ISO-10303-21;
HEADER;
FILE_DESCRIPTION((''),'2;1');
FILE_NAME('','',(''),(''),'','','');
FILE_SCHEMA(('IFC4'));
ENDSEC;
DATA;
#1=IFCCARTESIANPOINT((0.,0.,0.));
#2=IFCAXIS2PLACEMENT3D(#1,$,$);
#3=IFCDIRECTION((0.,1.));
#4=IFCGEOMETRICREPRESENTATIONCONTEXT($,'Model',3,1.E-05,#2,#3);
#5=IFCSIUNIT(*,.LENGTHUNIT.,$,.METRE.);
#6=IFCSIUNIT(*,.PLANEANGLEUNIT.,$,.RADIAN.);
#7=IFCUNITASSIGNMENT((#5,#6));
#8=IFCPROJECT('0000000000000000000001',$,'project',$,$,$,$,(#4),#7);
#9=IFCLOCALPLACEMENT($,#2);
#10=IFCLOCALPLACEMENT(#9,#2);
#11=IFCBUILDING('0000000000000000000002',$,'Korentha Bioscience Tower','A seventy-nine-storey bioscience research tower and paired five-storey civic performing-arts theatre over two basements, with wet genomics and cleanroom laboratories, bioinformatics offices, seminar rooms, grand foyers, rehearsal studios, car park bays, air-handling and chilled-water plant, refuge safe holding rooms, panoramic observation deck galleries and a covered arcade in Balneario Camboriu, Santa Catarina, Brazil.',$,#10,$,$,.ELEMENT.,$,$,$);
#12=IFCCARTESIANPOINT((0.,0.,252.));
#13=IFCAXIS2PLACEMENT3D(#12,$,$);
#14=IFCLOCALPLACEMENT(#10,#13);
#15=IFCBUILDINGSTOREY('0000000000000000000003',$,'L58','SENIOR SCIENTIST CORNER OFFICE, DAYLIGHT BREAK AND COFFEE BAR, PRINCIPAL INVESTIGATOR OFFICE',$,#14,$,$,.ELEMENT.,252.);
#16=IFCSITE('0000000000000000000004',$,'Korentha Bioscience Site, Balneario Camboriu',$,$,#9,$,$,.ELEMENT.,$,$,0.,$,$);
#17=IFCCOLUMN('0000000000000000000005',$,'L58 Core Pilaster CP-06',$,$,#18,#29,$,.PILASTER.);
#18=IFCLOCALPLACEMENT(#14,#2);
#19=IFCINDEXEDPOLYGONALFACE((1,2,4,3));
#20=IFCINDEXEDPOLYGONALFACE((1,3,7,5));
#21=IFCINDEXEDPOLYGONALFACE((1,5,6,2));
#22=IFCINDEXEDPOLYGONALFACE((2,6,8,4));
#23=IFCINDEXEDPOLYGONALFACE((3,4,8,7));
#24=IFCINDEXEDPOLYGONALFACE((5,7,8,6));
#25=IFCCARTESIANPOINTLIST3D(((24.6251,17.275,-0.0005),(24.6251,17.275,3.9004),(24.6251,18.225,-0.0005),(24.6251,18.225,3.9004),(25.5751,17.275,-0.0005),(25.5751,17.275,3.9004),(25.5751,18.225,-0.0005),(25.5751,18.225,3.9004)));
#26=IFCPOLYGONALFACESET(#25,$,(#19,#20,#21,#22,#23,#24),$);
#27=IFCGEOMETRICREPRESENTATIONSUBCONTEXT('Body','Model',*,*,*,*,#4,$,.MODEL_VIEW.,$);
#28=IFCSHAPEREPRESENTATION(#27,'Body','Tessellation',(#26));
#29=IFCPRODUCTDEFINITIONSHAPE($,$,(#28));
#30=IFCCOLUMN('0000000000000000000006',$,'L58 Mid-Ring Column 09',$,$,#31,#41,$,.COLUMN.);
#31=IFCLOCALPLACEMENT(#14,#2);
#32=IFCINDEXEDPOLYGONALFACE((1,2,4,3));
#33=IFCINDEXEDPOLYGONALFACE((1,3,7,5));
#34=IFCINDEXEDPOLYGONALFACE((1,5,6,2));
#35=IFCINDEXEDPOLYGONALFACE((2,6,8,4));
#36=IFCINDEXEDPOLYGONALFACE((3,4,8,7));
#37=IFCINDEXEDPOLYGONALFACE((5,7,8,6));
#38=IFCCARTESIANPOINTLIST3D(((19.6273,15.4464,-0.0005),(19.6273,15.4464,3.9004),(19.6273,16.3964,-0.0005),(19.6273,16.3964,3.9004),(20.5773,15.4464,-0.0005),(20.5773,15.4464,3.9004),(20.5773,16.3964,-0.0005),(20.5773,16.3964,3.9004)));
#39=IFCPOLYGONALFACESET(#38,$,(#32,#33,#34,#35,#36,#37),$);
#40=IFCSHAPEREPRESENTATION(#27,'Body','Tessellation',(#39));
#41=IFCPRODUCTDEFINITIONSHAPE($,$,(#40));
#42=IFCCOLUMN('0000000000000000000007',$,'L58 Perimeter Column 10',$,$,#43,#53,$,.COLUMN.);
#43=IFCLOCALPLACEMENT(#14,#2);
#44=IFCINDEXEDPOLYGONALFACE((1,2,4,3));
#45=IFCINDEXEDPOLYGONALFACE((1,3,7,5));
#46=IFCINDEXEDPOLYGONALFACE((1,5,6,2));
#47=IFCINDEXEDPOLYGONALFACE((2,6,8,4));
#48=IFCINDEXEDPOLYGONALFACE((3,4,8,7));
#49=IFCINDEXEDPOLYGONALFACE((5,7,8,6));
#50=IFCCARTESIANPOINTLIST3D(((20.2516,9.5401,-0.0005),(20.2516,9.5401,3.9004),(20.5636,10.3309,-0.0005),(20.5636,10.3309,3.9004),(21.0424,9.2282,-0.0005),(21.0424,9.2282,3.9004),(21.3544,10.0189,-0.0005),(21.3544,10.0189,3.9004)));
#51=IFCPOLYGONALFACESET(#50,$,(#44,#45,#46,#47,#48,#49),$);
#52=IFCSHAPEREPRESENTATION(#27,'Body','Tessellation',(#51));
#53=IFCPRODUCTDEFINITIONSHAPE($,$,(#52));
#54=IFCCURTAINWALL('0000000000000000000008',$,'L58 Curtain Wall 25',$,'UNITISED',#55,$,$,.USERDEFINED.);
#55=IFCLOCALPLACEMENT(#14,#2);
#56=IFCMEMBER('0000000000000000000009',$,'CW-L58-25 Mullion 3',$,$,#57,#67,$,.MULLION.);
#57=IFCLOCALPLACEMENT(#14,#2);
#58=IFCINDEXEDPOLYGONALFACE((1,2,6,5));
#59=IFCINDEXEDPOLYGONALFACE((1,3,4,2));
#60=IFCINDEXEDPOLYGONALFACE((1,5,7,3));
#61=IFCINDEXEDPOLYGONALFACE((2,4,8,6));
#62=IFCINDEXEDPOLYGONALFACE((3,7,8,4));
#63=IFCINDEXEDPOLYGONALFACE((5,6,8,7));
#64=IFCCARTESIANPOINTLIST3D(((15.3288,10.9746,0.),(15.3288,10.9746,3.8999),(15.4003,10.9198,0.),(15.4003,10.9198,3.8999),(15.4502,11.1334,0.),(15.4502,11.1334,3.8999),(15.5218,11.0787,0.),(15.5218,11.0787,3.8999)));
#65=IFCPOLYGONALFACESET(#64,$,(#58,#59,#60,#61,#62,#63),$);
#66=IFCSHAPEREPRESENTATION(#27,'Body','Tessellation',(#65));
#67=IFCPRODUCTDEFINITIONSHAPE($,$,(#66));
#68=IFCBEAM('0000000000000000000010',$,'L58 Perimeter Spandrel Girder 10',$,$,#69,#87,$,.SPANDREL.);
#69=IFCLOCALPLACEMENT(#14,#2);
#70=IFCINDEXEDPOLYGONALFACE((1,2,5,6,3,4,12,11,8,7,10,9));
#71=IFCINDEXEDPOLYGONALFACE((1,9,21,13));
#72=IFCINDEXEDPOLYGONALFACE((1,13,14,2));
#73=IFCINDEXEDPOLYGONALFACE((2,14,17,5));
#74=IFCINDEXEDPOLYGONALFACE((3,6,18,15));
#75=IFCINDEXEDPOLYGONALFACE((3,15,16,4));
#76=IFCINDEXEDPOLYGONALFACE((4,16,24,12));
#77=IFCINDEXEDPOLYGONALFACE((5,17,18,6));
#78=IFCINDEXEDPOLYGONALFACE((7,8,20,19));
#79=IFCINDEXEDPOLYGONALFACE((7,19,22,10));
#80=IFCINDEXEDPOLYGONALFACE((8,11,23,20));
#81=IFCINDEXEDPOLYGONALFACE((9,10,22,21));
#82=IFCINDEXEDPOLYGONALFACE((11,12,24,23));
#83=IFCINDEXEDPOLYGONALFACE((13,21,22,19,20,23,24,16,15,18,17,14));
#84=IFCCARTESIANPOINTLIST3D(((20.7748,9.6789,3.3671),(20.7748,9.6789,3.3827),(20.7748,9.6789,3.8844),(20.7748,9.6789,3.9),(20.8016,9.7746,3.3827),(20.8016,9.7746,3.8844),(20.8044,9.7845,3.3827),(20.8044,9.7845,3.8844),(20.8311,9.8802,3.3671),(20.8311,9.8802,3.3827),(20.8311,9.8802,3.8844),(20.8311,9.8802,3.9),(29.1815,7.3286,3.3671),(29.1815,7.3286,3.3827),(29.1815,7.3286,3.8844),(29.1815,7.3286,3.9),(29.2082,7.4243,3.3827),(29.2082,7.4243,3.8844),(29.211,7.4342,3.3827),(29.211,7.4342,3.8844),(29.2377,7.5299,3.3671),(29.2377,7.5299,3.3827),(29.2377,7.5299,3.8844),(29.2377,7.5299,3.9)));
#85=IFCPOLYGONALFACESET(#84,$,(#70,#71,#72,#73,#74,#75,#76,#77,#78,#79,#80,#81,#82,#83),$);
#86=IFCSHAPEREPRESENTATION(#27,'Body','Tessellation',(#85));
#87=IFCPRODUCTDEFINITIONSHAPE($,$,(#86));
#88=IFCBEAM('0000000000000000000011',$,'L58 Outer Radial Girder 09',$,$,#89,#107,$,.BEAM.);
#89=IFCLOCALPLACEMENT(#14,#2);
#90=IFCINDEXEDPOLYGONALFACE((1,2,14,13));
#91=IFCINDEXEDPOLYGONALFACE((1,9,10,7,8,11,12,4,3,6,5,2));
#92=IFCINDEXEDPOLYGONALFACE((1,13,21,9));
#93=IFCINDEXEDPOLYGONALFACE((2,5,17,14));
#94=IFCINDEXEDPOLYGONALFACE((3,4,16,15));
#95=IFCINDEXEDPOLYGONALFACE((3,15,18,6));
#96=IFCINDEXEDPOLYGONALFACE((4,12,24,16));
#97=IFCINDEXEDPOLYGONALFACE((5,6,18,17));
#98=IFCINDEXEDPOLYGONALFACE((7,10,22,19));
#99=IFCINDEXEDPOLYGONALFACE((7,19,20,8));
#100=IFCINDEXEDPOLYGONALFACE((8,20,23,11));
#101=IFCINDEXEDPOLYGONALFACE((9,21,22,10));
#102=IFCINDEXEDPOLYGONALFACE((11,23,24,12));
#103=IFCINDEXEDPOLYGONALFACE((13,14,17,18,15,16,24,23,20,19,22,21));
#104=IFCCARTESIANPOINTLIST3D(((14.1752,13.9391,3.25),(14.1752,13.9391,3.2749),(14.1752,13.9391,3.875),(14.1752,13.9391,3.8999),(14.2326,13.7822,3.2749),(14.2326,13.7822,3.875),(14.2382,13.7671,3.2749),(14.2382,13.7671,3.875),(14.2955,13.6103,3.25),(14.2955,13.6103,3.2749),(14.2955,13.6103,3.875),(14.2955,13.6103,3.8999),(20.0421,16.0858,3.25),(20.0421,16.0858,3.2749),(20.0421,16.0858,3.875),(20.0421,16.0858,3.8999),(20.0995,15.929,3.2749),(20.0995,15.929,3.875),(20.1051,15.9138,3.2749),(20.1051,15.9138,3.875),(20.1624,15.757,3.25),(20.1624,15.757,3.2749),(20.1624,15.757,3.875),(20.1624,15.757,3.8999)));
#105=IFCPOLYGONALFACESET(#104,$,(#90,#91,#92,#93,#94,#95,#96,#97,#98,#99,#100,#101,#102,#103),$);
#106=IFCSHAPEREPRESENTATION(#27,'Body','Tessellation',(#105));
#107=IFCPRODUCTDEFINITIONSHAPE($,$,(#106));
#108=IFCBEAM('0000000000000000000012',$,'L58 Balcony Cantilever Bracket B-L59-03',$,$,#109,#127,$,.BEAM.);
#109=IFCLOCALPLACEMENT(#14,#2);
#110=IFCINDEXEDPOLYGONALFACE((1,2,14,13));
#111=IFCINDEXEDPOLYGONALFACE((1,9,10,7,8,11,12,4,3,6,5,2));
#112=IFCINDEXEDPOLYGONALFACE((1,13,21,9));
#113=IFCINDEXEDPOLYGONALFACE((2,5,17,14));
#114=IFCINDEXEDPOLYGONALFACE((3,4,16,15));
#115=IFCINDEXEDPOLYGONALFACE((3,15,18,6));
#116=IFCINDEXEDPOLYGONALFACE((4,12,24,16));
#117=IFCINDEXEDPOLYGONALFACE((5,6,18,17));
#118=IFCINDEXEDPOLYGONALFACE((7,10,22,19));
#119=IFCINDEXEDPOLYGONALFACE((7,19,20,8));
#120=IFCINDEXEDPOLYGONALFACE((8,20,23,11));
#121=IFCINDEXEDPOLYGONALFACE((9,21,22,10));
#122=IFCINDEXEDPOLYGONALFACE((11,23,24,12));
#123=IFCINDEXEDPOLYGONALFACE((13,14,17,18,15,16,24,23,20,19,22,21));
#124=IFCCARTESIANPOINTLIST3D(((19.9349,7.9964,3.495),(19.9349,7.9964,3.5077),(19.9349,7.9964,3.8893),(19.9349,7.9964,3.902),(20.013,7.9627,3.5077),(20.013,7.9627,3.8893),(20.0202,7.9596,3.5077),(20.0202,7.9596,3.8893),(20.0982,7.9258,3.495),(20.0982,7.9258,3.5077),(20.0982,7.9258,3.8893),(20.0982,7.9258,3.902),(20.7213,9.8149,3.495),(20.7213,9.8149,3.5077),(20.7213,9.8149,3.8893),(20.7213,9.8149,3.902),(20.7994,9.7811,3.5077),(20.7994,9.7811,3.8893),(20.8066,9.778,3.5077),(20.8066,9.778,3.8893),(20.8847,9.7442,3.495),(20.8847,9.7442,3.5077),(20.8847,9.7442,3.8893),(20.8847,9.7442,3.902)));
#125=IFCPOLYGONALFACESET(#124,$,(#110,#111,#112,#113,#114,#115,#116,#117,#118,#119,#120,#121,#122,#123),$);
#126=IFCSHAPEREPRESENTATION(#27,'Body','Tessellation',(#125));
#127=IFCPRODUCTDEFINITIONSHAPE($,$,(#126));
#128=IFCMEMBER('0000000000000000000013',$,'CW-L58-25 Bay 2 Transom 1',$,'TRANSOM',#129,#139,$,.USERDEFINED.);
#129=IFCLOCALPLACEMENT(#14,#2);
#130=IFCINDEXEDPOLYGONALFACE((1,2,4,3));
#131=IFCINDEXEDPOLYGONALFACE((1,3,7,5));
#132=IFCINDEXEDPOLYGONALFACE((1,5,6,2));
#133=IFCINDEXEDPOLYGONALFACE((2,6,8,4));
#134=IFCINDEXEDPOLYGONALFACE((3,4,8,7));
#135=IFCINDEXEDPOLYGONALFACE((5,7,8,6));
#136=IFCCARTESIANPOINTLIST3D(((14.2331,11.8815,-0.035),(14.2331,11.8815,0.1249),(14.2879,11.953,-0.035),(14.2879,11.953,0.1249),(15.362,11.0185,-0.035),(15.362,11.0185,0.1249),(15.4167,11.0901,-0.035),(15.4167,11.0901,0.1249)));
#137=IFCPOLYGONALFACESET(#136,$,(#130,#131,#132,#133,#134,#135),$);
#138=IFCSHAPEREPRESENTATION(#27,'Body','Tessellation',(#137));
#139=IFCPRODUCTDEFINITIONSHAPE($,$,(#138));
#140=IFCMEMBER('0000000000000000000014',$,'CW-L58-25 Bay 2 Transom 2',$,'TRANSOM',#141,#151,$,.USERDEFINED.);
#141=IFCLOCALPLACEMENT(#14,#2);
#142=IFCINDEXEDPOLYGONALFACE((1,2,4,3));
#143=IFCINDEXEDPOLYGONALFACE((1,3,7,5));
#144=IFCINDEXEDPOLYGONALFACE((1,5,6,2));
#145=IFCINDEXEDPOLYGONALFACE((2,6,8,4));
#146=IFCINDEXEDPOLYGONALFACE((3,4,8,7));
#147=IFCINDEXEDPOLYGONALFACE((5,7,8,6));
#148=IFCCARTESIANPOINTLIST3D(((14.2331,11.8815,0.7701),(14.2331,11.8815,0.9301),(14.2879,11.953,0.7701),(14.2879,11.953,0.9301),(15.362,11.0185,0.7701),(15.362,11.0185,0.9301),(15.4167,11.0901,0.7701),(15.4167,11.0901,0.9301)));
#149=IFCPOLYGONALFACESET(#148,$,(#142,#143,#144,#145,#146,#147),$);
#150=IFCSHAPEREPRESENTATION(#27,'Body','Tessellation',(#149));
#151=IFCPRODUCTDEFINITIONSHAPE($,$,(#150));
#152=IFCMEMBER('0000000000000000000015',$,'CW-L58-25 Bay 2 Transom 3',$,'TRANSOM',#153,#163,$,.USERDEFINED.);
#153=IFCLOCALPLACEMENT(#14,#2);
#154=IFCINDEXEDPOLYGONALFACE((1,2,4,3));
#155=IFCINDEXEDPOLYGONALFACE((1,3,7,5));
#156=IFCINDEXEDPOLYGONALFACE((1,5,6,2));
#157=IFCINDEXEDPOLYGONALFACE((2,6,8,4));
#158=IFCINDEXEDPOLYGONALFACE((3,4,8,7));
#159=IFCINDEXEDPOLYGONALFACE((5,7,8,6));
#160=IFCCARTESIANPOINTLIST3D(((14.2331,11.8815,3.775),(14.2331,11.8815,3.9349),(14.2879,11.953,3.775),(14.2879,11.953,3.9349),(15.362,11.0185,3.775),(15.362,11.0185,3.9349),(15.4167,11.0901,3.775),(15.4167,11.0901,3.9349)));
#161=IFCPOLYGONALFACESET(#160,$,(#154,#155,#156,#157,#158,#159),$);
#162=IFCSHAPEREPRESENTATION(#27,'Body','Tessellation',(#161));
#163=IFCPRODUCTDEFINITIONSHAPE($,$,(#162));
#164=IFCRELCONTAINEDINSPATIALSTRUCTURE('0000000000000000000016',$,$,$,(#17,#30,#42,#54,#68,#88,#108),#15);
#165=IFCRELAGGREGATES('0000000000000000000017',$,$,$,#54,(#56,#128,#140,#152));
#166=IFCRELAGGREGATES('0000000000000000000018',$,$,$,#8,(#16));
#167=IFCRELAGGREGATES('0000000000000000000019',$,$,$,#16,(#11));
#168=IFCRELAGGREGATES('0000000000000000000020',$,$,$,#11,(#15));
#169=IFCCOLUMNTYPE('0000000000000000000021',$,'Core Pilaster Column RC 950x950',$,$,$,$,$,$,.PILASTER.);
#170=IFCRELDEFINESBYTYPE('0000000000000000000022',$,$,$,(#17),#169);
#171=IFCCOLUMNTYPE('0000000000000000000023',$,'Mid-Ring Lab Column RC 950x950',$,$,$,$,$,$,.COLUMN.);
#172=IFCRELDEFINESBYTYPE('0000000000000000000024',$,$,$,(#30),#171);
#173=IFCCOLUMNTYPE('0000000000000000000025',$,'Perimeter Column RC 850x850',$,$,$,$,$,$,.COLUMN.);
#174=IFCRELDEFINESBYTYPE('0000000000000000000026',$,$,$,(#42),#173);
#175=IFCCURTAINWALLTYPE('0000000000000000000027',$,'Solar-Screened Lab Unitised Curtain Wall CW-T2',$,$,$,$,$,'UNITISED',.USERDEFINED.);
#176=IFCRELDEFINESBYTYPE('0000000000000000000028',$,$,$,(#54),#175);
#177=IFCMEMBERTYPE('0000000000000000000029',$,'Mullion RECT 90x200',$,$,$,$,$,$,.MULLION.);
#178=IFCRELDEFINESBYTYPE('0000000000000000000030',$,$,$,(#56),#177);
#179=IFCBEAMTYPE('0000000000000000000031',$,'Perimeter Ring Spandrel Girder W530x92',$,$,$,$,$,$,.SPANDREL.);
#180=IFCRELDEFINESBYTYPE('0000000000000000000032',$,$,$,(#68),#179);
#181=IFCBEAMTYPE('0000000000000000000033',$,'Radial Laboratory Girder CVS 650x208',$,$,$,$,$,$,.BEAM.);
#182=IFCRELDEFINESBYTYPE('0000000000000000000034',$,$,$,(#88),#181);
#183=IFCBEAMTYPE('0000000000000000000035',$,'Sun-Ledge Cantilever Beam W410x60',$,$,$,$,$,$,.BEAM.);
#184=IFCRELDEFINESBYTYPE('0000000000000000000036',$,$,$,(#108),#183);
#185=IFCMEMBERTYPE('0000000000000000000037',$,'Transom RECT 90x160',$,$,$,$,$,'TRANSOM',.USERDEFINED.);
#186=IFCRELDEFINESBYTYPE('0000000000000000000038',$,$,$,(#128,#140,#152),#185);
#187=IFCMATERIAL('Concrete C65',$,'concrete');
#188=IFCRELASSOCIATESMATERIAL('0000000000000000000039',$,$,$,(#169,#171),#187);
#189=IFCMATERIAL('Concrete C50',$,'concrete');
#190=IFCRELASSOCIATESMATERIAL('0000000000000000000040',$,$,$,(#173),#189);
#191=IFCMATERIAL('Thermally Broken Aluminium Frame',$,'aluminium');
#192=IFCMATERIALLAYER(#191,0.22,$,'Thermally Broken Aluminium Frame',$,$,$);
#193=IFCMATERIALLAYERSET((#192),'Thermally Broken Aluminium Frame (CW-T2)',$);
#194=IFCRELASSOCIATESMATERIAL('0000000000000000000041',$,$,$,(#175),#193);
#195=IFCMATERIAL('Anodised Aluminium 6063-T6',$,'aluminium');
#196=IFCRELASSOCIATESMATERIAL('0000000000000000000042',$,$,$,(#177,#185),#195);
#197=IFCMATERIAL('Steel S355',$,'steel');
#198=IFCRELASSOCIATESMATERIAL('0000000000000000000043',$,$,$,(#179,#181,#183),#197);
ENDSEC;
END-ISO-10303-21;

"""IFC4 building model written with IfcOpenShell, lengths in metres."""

from ifc_helpers import new_model, si_unit, direction, frame, origin, origin_2d, place, context, subcontext, project, spatial, rectangle, i_section, extrude, material, layer, layer_set, material_profile, profile_set, type_object, element, aggregate, save


model = new_model("IFC4")

# Units and contexts
model_context = context("Model", 3, precision=1e-05, world=origin(), true_north=direction((0.0, 1.0)))
body_context = subcontext(model_context, "Body", "Model", "MODEL_VIEW")
ifc_project = project(units=[si_unit("LENGTHUNIT", "METRE"), si_unit("PLANEANGLEUNIT", "RADIAN")], contexts=[model_context])

# Site, building, storey
site_placement = place(None, origin())
site = spatial("IfcSite", under=ifc_project, at=site_placement, Name="Korentha Bioscience Site, Balneario Camboriu", CompositionType="ELEMENT", RefElevation=0.0)
building_placement = place(site_placement, origin())
building = spatial("IfcBuilding", under=site, at=building_placement, Name="Korentha Bioscience Tower", Description="A seventy-nine-storey bioscience research tower and paired five-storey civic performing-arts theatre over two basements, with wet genomics and cleanroom laboratories, bioinformatics offices, seminar rooms, grand foyers, rehearsal studios, car park bays, air-handling and chilled-water plant, refuge safe holding rooms, panoramic observation deck galleries and a covered arcade in Balneario Camboriu, Santa Catarina, Brazil.", CompositionType="ELEMENT")
storey_placement = place(building_placement, frame((0.0, 0.0, 252.0)))
storey = spatial("IfcBuildingStorey", under=building, at=storey_placement, Name="L58", Description="SENIOR SCIENTIST CORNER OFFICE, DAYLIGHT BREAK AND COFFEE BAR, PRINCIPAL INVESTIGATOR OFFICE", CompositionType="ELEMENT", Elevation=252.0)

# Columns
ifc_material_1 = material(Name="Concrete C65", Category="concrete")
ifc_material_profile_1 = material_profile(ifc_material_1, rectangle(XDim=0.95, YDim=0.95, at=origin_2d()), Name="Concrete C65")
ifc_profile_set_1 = profile_set([ifc_material_profile_1], Name="Concrete C65 (COL-CP09)")
column_type_1 = type_object("IfcColumnType", Name="Core Pilaster Column RC 950x950", PredefinedType="PILASTER", material=ifc_profile_set_1)
column_1_placement = place(storey_placement, frame((25.1001, 17.75, -0.0005), z_axis=(0.0, 0.0, 1.0), x_axis=(1.0, 0.0, 0.0)))
element("IfcColumn", 1, at=column_1_placement, inside=storey, type_object=column_type_1, Name="L58 Core Pilaster CP-06", PredefinedType="PILASTER", context=body_context, shape_type="SweptSolid", body=[
    extrude(rectangle(XDim=0.95, YDim=0.95, at=origin_2d()), origin(), (0.0, 0.0, 1.0), 3.9009),
])
ifc_material_profile_2 = material_profile(ifc_material_1, rectangle(XDim=0.95, YDim=0.95, at=origin_2d()), Name="Concrete C65")
ifc_profile_set_2 = profile_set([ifc_material_profile_2], Name="Concrete C65 (COL-MR09)")
column_type_2 = type_object("IfcColumnType", Name="Mid-Ring Lab Column RC 950x950", PredefinedType="COLUMN", material=ifc_profile_set_2)
column_2_placement = place(storey_placement, frame((20.1023, 15.9214, -0.0005), z_axis=(0.0, 0.0, 1.0), x_axis=(1.0, 0.0, 0.0)))
element("IfcColumn", 2, at=column_2_placement, inside=storey, type_object=column_type_2, Name="L58 Mid-Ring Column 09", PredefinedType="COLUMN", context=body_context, shape_type="SweptSolid", body=[
    extrude(rectangle(XDim=0.95, YDim=0.95, at=origin_2d()), origin(), (0.0, 0.0, 1.0), 3.9009),
])
ifc_material_2 = material(Name="Concrete C50", Category="concrete")
ifc_material_profile_3 = material_profile(ifc_material_2, rectangle(XDim=0.8501, YDim=0.8501, at=origin_2d()), Name="Concrete C50")
ifc_profile_set_3 = profile_set([ifc_material_profile_3], Name="Concrete C50 (COL-P08)")
column_type_3 = type_object("IfcColumnType", Name="Perimeter Column RC 850x850", PredefinedType="COLUMN", material=ifc_profile_set_3)
column_3_placement = place(storey_placement, frame((20.803, 9.7795, -0.0005), z_axis=(0.0, 0.0, 1.0), x_axis=(-0.930226, 0.366988, 0.0)))
element("IfcColumn", 3, at=column_3_placement, inside=storey, type_object=column_type_3, Name="L58 Perimeter Column 10", PredefinedType="COLUMN", context=body_context, shape_type="SweptSolid", body=[
    extrude(rectangle(XDim=0.8501, YDim=0.8501, at=origin_2d()), origin(), (0.0, 0.0, 1.0), 3.9009),
])

# Curtain wall, member
ifc_material_3 = material(Name="Thermally Broken Aluminium Frame", Category="aluminium")
ifc_layer_1 = layer(ifc_material_3, 0.22, Name="Thermally Broken Aluminium Frame")
ifc_layer_set_1 = layer_set([ifc_layer_1], Name="Thermally Broken Aluminium Frame (CW-T2)")
curtain_wall_type = type_object("IfcCurtainWallType", Name="Solar-Screened Lab Unitised Curtain Wall CW-T2", ElementType="UNITISED", PredefinedType="USERDEFINED", material=ifc_layer_set_1)
curtain_wall_placement = place(storey_placement, origin())
curtain_wall = element("IfcCurtainWall", 4, at=curtain_wall_placement, inside=storey, type_object=curtain_wall_type, Name="L58 Curtain Wall 25", ObjectType="UNITISED", PredefinedType="USERDEFINED")
ifc_material_4 = material(Name="Anodised Aluminium 6063-T6", Category="aluminium")
ifc_material_profile_4 = material_profile(ifc_material_4, rectangle(XDim=0.0901, YDim=0.2, at=origin_2d()), Name="Anodised Aluminium 6063-T6")
ifc_profile_set_4 = profile_set([ifc_material_profile_4], Name="Anodised Aluminium 6063-T6 (CW-MUL)")
member_type_1 = type_object("IfcMemberType", Name="Mullion RECT 90x200", PredefinedType="MULLION", material=ifc_profile_set_4)
member_1_placement = place(storey_placement, frame((15.4253, 11.0266, 0.0), z_axis=(0.0, 0.0, 1.0), x_axis=(0.794382, -0.607418, 0.0)))
member_1 = element("IfcMember", 5, at=member_1_placement, type_object=member_type_1, Name="CW-L58-25 Mullion 3", PredefinedType="MULLION", context=body_context, shape_type="SweptSolid", body=[
    extrude(rectangle(XDim=0.0901, YDim=0.2, at=origin_2d()), origin(), (0.0, 0.0, 1.0), 3.8999),
])

# Beams
ifc_material_5 = material(Name="Steel S355", Category="steel")
ifc_material_profile_5 = material_profile(ifc_material_5, i_section(OverallWidth=0.209, OverallDepth=0.533, WebThickness=0.0103, FlangeThickness=0.0156, at=origin_2d()), Name="Steel S355")
ifc_profile_set_5 = profile_set([ifc_material_profile_5], Name="Steel S355 (SB-530)")
beam_type_1 = type_object("IfcBeamType", Name="Perimeter Ring Spandrel Girder W530x92", PredefinedType="SPANDREL", material=ifc_profile_set_5)
beam_1_placement = place(storey_placement, frame((20.803, 9.7795, 3.6335), z_axis=(0.963069, -0.269253, 0.0), x_axis=(0.269253, 0.963069, 0.0)))
element("IfcBeam", 6, at=beam_1_placement, inside=storey, type_object=beam_type_1, Name="L58 Perimeter Spandrel Girder 10", PredefinedType="SPANDREL", context=body_context, shape_type="SweptSolid", body=[
    extrude(i_section(OverallWidth=0.209, OverallDepth=0.533, WebThickness=0.0103, FlangeThickness=0.0156, at=origin_2d()), origin(), (0.0, 0.0, 1.0), 8.729),
])
ifc_material_profile_6 = material_profile(ifc_material_5, i_section(OverallWidth=0.3501, OverallDepth=0.6499, WebThickness=0.0161, FlangeThickness=0.0249, at=origin_2d()), Name="Steel S355")
ifc_profile_set_6 = profile_set([ifc_material_profile_6], Name="Steel S355 (RB-650)")
beam_type_2 = type_object("IfcBeamType", Name="Radial Laboratory Girder CVS 650x208", PredefinedType="BEAM", material=ifc_profile_set_6)
beam_2_placement = place(storey_placement, frame((20.1023, 15.9214, 3.575), z_axis=(-0.939108, -0.343622, 0.0), x_axis=(0.343622, -0.939108, 0.0)))
element("IfcBeam", 7, at=beam_2_placement, inside=storey, type_object=beam_type_2, Name="L58 Outer Radial Girder 09", PredefinedType="BEAM", context=body_context, shape_type="SweptSolid", body=[
    extrude(i_section(OverallWidth=0.3501, OverallDepth=0.6499, WebThickness=0.0161, FlangeThickness=0.0249, at=origin_2d()), origin(), (0.0, 0.0, 1.0), 6.2473),
])
ifc_material_profile_7 = material_profile(ifc_material_5, i_section(OverallWidth=0.178, OverallDepth=0.407, WebThickness=0.0078, FlangeThickness=0.0127, at=origin_2d()), Name="Steel S355")
ifc_profile_set_7 = profile_set([ifc_material_profile_7], Name="Steel S355 (CB-410)")
beam_type_3 = type_object("IfcBeamType", Name="Sun-Ledge Cantilever Beam W410x60", PredefinedType="BEAM", material=ifc_profile_set_7)
beam_3_placement = place(storey_placement, frame((20.803, 9.7795, 3.6985), z_axis=(-0.396936, -0.917846, 0.0), x_axis=(0.917846, -0.396936, 0.0)))
element("IfcBeam", 8, at=beam_3_placement, inside=storey, type_object=beam_type_3, Name="L58 Balcony Cantilever Bracket B-L59-03", PredefinedType="BEAM", context=body_context, shape_type="SweptSolid", body=[
    extrude(i_section(OverallWidth=0.178, OverallDepth=0.407, WebThickness=0.0078, FlangeThickness=0.0127, at=origin_2d()), origin(), (0.0, 0.0, 1.0), 1.9812),
])

# Members
ifc_material_profile_8 = material_profile(ifc_material_4, rectangle(XDim=0.0901, YDim=0.1599, at=origin_2d()), Name="Anodised Aluminium 6063-T6")
ifc_profile_set_8 = profile_set([ifc_material_profile_8], Name="Anodised Aluminium 6063-T6 (CW-TRN)")
member_type_2 = type_object("IfcMemberType", Name="Transom RECT 90x160", ElementType="TRANSOM", PredefinedType="USERDEFINED", material=ifc_profile_set_8)
member_2_placement = place(storey_placement, frame((14.2605, 11.9172, 0.0449), z_axis=(0.794441, -0.607342, 0.0), x_axis=(0.607342, 0.794441, 0.0)))
member_2 = element("IfcMember", 9, at=member_2_placement, type_object=member_type_2, Name="CW-L58-25 Bay 2 Transom 1", ObjectType="TRANSOM", PredefinedType="USERDEFINED", context=body_context, shape_type="SweptSolid", body=[
    extrude(rectangle(XDim=0.0901, YDim=0.1599, at=origin_2d()), origin(), (0.0, 0.0, 1.0), 1.4209),
])
member_3_placement = place(storey_placement, frame((14.2605, 11.9172, 0.8501), z_axis=(0.794441, -0.607342, 0.0), x_axis=(0.607342, 0.794441, 0.0)))
member_3 = element("IfcMember", 10, at=member_3_placement, type_object=member_type_2, Name="CW-L58-25 Bay 2 Transom 2", ObjectType="TRANSOM", PredefinedType="USERDEFINED", context=body_context, shape_type="SweptSolid", body=[
    extrude(rectangle(XDim=0.0901, YDim=0.1599, at=origin_2d()), origin(), (0.0, 0.0, 1.0), 1.4209),
])
member_4_placement = place(storey_placement, frame((14.2605, 11.9172, 3.855), z_axis=(0.794441, -0.607342, 0.0), x_axis=(0.607342, 0.794441, 0.0)))
member_4 = element("IfcMember", 11, at=member_4_placement, type_object=member_type_2, Name="CW-L58-25 Bay 2 Transom 3", ObjectType="TRANSOM", PredefinedType="USERDEFINED", context=body_context, shape_type="SweptSolid", body=[
    extrude(rectangle(XDim=0.0901, YDim=0.1599, at=origin_2d()), origin(), (0.0, 0.0, 1.0), 1.4209),
])

aggregate(curtain_wall, [member_1, member_2, member_3, member_4])

save(model, "model.ifc")
